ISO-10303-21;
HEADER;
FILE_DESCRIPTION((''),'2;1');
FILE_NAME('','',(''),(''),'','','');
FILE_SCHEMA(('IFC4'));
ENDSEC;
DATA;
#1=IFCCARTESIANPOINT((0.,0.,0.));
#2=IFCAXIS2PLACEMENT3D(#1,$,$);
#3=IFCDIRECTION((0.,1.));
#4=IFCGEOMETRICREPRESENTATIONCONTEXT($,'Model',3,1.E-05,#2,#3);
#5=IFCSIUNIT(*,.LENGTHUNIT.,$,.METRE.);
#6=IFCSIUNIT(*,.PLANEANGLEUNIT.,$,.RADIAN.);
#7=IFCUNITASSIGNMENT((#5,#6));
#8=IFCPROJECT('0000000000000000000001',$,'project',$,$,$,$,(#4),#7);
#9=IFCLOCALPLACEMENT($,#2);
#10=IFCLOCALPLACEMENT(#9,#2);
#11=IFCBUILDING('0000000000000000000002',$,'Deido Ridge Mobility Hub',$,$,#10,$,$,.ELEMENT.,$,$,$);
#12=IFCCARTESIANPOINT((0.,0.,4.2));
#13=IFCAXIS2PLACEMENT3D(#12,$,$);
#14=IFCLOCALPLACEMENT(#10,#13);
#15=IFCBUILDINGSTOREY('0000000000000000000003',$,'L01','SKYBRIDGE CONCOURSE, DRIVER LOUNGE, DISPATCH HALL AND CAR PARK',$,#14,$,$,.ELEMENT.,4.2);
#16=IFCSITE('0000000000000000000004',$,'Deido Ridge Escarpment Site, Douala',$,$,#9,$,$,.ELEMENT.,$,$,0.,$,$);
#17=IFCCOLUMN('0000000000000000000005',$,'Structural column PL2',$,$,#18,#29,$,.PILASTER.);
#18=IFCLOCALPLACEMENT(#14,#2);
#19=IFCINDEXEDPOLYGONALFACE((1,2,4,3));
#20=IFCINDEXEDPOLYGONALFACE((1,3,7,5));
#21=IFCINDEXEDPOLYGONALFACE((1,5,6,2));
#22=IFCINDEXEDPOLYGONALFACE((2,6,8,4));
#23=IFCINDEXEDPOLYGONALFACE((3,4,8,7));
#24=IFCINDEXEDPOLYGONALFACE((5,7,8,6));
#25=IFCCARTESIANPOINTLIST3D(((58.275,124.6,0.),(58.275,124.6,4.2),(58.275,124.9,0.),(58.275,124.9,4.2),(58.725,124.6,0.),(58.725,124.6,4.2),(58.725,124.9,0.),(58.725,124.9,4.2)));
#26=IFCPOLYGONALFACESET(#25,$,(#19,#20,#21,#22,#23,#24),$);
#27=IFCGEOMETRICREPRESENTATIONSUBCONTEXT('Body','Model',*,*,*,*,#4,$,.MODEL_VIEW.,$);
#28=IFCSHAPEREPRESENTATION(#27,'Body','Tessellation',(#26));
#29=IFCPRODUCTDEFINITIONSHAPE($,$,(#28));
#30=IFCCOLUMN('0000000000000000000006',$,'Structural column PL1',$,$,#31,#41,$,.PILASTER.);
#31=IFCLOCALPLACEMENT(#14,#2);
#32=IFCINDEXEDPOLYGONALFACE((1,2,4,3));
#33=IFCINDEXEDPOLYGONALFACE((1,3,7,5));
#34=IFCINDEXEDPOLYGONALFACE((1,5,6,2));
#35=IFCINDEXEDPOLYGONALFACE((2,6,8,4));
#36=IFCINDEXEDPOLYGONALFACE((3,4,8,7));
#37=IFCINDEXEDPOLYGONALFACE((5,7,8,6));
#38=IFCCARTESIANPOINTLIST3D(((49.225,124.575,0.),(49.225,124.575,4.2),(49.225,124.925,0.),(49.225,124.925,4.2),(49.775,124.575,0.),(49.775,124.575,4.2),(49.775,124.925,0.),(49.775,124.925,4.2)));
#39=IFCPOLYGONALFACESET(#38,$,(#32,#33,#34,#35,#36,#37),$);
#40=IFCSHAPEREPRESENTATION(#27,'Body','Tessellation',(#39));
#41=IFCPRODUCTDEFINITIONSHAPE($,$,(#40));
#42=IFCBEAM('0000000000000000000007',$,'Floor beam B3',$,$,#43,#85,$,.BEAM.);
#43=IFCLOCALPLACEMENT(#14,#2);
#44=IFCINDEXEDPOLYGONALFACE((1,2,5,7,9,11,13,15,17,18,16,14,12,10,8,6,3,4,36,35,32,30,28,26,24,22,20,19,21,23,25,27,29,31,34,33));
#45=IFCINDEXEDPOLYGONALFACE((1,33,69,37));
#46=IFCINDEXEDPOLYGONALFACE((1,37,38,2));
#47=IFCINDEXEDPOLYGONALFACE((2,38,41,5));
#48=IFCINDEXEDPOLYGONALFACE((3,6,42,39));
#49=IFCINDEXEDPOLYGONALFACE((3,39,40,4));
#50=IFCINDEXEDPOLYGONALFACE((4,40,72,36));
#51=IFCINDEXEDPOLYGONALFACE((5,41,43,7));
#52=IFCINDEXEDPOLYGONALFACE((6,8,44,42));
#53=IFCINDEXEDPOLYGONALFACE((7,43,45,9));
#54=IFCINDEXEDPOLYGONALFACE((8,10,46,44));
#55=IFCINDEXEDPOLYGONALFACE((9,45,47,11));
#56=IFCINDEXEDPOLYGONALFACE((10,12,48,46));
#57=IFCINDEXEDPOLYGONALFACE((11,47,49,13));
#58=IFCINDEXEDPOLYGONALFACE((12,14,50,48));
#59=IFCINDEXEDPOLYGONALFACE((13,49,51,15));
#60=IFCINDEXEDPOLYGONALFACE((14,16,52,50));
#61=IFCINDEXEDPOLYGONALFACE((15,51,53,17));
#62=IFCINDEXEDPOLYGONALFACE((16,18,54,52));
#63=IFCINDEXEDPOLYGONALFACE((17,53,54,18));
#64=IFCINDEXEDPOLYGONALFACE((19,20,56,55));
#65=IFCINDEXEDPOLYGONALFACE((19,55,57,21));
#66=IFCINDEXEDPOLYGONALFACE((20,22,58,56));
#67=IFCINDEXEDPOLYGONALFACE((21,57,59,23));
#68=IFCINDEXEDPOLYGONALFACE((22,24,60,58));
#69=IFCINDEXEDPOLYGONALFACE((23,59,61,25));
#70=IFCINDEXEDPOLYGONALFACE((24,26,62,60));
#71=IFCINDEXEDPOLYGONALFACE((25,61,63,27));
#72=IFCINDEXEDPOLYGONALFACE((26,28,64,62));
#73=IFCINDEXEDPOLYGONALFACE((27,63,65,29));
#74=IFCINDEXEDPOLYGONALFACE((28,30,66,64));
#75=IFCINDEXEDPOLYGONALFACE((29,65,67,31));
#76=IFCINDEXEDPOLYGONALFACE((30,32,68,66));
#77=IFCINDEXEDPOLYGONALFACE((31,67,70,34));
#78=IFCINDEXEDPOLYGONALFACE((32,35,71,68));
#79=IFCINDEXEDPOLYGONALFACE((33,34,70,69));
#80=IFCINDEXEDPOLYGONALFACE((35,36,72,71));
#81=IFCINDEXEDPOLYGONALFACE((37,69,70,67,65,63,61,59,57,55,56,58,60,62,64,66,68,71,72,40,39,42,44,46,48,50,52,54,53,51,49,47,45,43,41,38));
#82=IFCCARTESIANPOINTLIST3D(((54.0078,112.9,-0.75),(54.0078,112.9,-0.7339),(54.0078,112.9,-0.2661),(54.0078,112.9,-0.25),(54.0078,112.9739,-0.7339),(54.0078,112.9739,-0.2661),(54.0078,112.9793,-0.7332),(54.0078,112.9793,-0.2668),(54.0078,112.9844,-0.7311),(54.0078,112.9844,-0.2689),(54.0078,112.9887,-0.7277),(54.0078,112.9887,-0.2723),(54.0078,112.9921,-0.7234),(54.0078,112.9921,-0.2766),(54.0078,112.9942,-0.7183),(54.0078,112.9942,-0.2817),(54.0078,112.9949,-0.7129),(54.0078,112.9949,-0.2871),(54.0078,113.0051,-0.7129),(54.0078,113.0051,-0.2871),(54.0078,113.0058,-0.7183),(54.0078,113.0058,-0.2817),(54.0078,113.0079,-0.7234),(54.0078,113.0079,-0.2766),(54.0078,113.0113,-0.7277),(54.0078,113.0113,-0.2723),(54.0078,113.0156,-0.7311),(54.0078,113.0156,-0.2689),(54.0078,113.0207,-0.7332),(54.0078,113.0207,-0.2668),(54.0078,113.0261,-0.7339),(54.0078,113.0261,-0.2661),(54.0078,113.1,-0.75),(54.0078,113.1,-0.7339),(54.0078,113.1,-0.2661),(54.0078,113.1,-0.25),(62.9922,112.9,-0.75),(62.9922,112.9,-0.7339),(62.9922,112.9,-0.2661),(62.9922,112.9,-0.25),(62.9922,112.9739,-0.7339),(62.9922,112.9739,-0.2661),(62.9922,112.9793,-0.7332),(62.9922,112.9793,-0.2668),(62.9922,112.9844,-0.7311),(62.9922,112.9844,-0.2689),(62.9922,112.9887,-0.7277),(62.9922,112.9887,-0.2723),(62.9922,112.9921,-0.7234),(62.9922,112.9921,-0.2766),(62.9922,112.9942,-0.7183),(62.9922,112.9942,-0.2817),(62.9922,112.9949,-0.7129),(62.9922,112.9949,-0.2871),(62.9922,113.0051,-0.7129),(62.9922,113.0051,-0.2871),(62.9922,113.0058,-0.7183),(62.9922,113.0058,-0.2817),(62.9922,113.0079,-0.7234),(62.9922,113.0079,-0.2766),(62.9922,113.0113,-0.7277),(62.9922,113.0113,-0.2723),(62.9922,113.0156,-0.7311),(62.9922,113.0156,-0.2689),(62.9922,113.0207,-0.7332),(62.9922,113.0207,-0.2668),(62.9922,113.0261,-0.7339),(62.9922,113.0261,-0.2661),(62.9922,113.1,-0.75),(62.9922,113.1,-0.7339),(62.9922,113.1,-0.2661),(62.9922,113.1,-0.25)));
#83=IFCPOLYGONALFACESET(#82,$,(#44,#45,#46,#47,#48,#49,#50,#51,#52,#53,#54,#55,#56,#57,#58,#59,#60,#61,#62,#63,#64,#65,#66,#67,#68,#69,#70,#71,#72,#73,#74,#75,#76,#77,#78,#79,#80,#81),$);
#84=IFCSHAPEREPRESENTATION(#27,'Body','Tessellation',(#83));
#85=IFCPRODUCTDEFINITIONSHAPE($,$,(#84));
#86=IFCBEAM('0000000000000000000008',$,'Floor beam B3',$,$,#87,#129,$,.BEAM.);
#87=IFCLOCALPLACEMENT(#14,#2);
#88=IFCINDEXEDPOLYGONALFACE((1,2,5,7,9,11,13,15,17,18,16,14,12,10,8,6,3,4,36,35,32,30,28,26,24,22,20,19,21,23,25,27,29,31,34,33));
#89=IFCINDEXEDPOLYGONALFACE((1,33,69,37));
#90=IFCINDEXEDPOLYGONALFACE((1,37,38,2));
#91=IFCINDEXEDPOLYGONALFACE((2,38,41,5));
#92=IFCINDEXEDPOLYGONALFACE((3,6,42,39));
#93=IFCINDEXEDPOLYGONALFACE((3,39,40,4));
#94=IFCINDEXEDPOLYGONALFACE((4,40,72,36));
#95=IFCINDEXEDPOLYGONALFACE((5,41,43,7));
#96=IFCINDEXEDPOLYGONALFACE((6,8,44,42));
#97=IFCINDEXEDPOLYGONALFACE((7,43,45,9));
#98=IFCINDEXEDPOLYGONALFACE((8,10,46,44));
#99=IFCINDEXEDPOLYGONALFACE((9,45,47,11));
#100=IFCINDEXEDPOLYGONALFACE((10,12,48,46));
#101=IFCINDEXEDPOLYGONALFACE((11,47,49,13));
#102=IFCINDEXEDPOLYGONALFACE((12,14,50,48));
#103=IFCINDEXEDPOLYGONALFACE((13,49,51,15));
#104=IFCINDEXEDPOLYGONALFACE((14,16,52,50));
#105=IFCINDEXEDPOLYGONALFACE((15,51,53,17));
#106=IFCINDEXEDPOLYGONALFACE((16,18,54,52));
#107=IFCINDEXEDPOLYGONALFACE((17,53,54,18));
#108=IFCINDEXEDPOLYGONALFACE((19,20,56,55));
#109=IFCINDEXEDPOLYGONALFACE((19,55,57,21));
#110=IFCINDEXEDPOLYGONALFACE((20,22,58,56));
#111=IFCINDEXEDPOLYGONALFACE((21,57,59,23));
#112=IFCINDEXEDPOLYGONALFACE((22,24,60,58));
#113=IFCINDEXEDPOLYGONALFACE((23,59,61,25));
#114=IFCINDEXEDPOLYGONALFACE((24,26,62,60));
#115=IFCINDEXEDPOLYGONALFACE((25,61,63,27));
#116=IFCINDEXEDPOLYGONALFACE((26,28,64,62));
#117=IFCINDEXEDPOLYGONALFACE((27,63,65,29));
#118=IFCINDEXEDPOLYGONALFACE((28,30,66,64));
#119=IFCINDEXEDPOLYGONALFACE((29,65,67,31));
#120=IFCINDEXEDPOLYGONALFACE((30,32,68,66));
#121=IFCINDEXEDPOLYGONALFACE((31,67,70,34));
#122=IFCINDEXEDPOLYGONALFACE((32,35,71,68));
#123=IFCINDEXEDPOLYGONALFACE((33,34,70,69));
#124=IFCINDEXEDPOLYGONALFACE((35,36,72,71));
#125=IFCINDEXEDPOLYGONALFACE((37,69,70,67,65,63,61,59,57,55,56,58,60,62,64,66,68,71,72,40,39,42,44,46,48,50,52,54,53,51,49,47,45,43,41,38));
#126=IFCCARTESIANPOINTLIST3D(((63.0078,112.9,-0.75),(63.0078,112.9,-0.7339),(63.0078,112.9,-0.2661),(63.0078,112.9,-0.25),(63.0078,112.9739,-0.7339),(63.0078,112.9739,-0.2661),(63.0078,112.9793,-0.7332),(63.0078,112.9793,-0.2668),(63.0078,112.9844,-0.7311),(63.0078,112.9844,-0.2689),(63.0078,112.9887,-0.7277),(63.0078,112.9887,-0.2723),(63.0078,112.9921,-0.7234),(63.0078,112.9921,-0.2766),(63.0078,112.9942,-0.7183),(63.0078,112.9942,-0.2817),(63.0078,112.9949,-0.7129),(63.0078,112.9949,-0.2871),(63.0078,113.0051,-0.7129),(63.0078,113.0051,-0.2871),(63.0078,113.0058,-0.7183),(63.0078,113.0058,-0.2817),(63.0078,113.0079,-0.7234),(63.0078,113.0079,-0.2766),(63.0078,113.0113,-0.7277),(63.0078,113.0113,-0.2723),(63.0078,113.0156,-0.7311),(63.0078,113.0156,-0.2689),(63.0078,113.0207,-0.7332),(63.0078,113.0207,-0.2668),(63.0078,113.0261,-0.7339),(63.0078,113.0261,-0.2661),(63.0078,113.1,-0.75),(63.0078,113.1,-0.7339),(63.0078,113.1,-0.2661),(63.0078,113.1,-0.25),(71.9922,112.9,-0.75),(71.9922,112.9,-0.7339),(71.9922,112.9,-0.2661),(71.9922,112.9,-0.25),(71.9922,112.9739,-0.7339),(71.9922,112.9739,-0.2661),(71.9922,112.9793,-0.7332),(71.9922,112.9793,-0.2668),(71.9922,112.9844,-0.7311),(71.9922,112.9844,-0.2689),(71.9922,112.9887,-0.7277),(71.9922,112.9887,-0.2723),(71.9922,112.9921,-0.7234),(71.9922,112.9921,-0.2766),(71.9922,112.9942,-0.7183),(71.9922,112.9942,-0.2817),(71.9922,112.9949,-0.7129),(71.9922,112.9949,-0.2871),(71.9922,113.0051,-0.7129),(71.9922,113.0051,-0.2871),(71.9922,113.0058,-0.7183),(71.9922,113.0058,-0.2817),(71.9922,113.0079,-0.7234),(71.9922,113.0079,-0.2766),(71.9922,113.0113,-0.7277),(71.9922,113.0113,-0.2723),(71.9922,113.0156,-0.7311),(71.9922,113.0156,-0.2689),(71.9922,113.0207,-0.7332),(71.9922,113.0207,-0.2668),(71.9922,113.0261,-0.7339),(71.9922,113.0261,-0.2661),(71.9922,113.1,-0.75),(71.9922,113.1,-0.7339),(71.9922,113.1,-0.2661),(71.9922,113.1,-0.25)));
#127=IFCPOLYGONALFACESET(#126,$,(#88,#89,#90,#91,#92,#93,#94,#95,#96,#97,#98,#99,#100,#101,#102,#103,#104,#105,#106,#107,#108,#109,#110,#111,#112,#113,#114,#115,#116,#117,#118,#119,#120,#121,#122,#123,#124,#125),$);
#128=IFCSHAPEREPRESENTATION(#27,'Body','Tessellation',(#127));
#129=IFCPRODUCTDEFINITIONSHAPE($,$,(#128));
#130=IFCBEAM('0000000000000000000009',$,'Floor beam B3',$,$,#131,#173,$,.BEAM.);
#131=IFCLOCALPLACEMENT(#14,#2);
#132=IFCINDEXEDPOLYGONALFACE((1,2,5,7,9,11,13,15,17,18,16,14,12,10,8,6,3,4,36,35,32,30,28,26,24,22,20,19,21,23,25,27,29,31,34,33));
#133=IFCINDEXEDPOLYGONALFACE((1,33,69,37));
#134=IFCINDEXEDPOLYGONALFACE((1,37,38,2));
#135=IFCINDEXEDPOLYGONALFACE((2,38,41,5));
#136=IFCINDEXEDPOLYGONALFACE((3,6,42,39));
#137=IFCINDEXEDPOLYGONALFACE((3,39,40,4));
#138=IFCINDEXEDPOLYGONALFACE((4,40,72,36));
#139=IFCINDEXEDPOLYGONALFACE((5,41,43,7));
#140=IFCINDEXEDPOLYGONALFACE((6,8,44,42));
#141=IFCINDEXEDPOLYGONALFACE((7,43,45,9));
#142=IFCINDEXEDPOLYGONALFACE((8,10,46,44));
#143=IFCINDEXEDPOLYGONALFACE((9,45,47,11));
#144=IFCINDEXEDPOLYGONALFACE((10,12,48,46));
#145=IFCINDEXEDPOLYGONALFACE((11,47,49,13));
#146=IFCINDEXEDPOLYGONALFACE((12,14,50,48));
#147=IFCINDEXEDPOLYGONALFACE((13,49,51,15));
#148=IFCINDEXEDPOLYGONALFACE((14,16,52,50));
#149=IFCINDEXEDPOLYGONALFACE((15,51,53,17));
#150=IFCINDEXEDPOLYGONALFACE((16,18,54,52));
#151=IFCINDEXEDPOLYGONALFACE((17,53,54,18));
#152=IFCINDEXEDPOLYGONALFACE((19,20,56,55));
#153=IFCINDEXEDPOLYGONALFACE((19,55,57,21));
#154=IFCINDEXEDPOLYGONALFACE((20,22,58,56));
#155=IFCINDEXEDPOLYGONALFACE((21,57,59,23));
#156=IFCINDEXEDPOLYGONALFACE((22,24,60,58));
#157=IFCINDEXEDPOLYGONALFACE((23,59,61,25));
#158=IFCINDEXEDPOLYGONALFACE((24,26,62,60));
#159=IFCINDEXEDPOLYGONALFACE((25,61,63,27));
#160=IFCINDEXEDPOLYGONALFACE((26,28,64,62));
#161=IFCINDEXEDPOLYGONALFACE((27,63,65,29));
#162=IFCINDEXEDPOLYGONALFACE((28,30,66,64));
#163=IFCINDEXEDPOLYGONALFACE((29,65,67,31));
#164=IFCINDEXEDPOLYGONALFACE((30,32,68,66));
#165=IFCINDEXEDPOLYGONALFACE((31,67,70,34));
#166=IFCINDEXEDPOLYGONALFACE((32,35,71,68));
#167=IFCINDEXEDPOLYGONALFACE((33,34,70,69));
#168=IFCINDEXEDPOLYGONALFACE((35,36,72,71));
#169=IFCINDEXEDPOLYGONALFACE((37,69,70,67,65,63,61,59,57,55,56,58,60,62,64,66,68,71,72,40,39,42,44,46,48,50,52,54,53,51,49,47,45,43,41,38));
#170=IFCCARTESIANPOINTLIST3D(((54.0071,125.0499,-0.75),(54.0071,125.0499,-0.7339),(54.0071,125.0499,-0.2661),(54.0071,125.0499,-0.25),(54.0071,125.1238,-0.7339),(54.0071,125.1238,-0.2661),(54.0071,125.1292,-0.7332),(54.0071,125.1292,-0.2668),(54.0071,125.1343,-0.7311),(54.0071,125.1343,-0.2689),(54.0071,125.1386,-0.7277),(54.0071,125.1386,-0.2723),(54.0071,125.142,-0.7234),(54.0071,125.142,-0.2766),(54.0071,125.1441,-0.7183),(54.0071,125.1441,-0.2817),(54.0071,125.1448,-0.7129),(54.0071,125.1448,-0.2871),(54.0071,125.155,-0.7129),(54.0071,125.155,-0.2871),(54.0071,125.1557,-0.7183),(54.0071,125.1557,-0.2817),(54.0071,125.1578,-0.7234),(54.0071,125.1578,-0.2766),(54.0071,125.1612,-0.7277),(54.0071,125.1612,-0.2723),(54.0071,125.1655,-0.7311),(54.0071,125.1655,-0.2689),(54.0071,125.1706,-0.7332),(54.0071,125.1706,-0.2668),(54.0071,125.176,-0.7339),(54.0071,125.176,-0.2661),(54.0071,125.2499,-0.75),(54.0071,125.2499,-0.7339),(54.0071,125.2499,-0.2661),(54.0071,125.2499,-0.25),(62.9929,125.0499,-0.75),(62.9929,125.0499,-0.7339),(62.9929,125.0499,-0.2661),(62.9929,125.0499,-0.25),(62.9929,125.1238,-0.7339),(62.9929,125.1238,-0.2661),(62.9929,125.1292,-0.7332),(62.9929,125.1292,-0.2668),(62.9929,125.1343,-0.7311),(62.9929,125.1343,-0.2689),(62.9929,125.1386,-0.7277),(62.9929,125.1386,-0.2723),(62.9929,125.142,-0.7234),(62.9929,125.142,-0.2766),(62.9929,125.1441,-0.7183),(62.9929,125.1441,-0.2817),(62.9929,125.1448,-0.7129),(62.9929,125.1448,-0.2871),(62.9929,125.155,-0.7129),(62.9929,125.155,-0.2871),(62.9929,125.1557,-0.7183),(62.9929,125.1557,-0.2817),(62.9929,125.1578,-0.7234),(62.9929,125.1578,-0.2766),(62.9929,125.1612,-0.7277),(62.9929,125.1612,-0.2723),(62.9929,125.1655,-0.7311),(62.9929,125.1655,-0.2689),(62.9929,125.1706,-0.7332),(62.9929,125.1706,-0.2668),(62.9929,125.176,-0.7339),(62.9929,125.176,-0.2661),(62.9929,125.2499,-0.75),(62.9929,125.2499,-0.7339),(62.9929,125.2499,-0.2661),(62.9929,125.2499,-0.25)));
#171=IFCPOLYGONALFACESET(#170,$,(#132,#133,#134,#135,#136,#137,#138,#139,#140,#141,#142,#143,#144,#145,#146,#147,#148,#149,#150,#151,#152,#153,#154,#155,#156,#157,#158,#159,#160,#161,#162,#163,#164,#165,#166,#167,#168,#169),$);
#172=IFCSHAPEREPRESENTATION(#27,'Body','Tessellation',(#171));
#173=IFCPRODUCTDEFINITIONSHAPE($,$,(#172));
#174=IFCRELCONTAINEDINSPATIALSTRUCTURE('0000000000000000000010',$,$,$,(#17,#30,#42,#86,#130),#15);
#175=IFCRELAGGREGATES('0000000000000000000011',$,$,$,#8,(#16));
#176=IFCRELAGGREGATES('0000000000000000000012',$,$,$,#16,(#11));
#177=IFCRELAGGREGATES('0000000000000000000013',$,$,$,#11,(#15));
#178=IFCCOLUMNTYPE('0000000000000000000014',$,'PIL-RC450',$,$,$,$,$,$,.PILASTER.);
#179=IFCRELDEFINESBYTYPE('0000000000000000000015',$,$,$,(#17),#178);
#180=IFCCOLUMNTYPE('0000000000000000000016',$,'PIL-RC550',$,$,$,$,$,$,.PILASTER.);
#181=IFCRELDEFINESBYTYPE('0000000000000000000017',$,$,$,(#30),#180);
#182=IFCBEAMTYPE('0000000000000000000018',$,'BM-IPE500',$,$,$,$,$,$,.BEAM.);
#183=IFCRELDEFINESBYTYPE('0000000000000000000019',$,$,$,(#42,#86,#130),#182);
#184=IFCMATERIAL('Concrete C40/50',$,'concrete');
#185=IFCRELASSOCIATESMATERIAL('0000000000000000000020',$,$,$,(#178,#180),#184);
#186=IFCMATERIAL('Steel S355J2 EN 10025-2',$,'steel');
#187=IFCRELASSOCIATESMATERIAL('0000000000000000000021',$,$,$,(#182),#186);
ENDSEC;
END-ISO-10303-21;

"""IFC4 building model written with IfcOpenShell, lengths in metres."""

from ifc_helpers import new_model, si_unit, direction, frame, origin, origin_2d, place, context, subcontext, project, spatial, rectangle, i_section, extrude, material, material_profile, profile_set, type_object, element, save


model = new_model("IFC4")

# Units and contexts
model_context = context("Model", 3, precision=1e-05, world=origin(), true_north=direction((0.0, 1.0)))
body_context = subcontext(model_context, "Body", "Model", "MODEL_VIEW")
ifc_project = project(units=[si_unit("LENGTHUNIT", "METRE"), si_unit("PLANEANGLEUNIT", "RADIAN")], contexts=[model_context])

# Site, building, storey
site_placement = place(None, origin())
site = spatial("IfcSite", under=ifc_project, at=site_placement, Name="Deido Ridge Escarpment Site, Douala", CompositionType="ELEMENT", RefElevation=0.0)
building_placement = place(site_placement, origin())
building = spatial("IfcBuilding", under=site, at=building_placement, Name="Deido Ridge Mobility Hub", CompositionType="ELEMENT")
storey_placement = place(building_placement, frame((0.0, 0.0, 4.2)))
storey = spatial("IfcBuildingStorey", under=building, at=storey_placement, Name="L01", Description="SKYBRIDGE CONCOURSE, DRIVER LOUNGE, DISPATCH HALL AND CAR PARK", CompositionType="ELEMENT", Elevation=4.2)

# Columns
ifc_material_1 = material(Name="Steel S355J2 EN 10025-2", Category="steel")
ifc_material_2 = material(Name="Concrete C40/50", Category="concrete")
ifc_material_profile_1 = material_profile(ifc_material_2, rectangle(XDim=0.45, YDim=0.3, at=origin_2d()), Name="RC PILASTER 450x300")
ifc_profile_set_1 = profile_set([ifc_material_profile_1], Name="Concrete C40/50")
column_type_1 = type_object("IfcColumnType", Name="PIL-RC450", PredefinedType="PILASTER", material=ifc_profile_set_1)
column_1_placement = place(storey_placement, frame((58.5, 124.75, 0.0), z_axis=(0.0, 0.0, 1.0), x_axis=(1.0, 0.0, 0.0)))
element("IfcColumn", 1, at=column_1_placement, inside=storey, type_object=column_type_1, Name="Structural column PL2", PredefinedType="PILASTER", context=body_context, shape_type="SweptSolid", body=[
    extrude(rectangle(XDim=0.45, YDim=0.3, at=origin_2d()), origin(), (0.0, 0.0, 1.0), 4.2),
])
ifc_material_profile_2 = material_profile(ifc_material_2, rectangle(XDim=0.55, YDim=0.3501, at=origin_2d()), Name="RC PILASTER 550x350")
ifc_profile_set_2 = profile_set([ifc_material_profile_2], Name="Concrete C40/50")
column_type_2 = type_object("IfcColumnType", Name="PIL-RC550", PredefinedType="PILASTER", material=ifc_profile_set_2)
column_2_placement = place(storey_placement, frame((49.5, 124.75, 0.0), z_axis=(0.0, 0.0, 1.0), x_axis=(1.0, 0.0, 0.0)))
element("IfcColumn", 2, at=column_2_placement, inside=storey, type_object=column_type_2, Name="Structural column PL1", PredefinedType="PILASTER", context=body_context, shape_type="SweptSolid", body=[
    extrude(rectangle(XDim=0.55, YDim=0.3501, at=origin_2d()), origin(), (0.0, 0.0, 1.0), 4.2),
])

# Beams
ifc_material_profile_3 = material_profile(ifc_material_1, i_section(OverallWidth=0.2, OverallDepth=0.5, WebThickness=0.0103, FlangeThickness=0.0161, FilletRadius=0.021, at=origin_2d()), Name="IPE 500")
ifc_profile_set_3 = profile_set([ifc_material_profile_3], Name="Steel S355J2 EN 10025-2")
beam_type_1 = type_object("IfcBeamType", Name="BM-IPE500", PredefinedType="BEAM", material=ifc_profile_set_3)
for number, where, z_axis, x_axis, name in (
    (3, (54.0078, 113.0, -0.5), (1.0, 0.0, 0.0), (0.0, 1.0, 0.0), "Floor beam B3"),
    (4, (63.0078, 113.0, -0.5), (1.0, 0.0, 0.0), (0.0, 1.0, 0.0), "Floor beam B3"),
):
    element("IfcBeam", number, at=place(storey_placement, frame(where, z_axis=z_axis, x_axis=x_axis)), inside=storey, type_object=beam_type_1, Name=name, PredefinedType="BEAM", context=body_context, shape_type="SweptSolid", body=[
        extrude(i_section(OverallWidth=0.2, OverallDepth=0.5, WebThickness=0.0103, FlangeThickness=0.0161, FilletRadius=0.021, at=origin_2d()), origin(), (0.0, 0.0, 1.0), 8.9844),
    ])
for number, where, z_axis, x_axis, name in (
    (5, (54.0071, 125.1499, -0.5), (1.0, 0.0, 0.0), (0.0, 1.0, 0.0), "Floor beam B3"),
):
    element("IfcBeam", number, at=place(storey_placement, frame(where, z_axis=z_axis, x_axis=x_axis)), inside=storey, type_object=beam_type_1, Name=name, PredefinedType="BEAM", context=body_context, shape_type="SweptSolid", body=[
        extrude(i_section(OverallWidth=0.2, OverallDepth=0.5, WebThickness=0.0103, FlangeThickness=0.0161, FilletRadius=0.021, at=origin_2d()), origin(), (0.0, 0.0, 1.0), 8.9858),
    ])

save(model, "model.ifc")
